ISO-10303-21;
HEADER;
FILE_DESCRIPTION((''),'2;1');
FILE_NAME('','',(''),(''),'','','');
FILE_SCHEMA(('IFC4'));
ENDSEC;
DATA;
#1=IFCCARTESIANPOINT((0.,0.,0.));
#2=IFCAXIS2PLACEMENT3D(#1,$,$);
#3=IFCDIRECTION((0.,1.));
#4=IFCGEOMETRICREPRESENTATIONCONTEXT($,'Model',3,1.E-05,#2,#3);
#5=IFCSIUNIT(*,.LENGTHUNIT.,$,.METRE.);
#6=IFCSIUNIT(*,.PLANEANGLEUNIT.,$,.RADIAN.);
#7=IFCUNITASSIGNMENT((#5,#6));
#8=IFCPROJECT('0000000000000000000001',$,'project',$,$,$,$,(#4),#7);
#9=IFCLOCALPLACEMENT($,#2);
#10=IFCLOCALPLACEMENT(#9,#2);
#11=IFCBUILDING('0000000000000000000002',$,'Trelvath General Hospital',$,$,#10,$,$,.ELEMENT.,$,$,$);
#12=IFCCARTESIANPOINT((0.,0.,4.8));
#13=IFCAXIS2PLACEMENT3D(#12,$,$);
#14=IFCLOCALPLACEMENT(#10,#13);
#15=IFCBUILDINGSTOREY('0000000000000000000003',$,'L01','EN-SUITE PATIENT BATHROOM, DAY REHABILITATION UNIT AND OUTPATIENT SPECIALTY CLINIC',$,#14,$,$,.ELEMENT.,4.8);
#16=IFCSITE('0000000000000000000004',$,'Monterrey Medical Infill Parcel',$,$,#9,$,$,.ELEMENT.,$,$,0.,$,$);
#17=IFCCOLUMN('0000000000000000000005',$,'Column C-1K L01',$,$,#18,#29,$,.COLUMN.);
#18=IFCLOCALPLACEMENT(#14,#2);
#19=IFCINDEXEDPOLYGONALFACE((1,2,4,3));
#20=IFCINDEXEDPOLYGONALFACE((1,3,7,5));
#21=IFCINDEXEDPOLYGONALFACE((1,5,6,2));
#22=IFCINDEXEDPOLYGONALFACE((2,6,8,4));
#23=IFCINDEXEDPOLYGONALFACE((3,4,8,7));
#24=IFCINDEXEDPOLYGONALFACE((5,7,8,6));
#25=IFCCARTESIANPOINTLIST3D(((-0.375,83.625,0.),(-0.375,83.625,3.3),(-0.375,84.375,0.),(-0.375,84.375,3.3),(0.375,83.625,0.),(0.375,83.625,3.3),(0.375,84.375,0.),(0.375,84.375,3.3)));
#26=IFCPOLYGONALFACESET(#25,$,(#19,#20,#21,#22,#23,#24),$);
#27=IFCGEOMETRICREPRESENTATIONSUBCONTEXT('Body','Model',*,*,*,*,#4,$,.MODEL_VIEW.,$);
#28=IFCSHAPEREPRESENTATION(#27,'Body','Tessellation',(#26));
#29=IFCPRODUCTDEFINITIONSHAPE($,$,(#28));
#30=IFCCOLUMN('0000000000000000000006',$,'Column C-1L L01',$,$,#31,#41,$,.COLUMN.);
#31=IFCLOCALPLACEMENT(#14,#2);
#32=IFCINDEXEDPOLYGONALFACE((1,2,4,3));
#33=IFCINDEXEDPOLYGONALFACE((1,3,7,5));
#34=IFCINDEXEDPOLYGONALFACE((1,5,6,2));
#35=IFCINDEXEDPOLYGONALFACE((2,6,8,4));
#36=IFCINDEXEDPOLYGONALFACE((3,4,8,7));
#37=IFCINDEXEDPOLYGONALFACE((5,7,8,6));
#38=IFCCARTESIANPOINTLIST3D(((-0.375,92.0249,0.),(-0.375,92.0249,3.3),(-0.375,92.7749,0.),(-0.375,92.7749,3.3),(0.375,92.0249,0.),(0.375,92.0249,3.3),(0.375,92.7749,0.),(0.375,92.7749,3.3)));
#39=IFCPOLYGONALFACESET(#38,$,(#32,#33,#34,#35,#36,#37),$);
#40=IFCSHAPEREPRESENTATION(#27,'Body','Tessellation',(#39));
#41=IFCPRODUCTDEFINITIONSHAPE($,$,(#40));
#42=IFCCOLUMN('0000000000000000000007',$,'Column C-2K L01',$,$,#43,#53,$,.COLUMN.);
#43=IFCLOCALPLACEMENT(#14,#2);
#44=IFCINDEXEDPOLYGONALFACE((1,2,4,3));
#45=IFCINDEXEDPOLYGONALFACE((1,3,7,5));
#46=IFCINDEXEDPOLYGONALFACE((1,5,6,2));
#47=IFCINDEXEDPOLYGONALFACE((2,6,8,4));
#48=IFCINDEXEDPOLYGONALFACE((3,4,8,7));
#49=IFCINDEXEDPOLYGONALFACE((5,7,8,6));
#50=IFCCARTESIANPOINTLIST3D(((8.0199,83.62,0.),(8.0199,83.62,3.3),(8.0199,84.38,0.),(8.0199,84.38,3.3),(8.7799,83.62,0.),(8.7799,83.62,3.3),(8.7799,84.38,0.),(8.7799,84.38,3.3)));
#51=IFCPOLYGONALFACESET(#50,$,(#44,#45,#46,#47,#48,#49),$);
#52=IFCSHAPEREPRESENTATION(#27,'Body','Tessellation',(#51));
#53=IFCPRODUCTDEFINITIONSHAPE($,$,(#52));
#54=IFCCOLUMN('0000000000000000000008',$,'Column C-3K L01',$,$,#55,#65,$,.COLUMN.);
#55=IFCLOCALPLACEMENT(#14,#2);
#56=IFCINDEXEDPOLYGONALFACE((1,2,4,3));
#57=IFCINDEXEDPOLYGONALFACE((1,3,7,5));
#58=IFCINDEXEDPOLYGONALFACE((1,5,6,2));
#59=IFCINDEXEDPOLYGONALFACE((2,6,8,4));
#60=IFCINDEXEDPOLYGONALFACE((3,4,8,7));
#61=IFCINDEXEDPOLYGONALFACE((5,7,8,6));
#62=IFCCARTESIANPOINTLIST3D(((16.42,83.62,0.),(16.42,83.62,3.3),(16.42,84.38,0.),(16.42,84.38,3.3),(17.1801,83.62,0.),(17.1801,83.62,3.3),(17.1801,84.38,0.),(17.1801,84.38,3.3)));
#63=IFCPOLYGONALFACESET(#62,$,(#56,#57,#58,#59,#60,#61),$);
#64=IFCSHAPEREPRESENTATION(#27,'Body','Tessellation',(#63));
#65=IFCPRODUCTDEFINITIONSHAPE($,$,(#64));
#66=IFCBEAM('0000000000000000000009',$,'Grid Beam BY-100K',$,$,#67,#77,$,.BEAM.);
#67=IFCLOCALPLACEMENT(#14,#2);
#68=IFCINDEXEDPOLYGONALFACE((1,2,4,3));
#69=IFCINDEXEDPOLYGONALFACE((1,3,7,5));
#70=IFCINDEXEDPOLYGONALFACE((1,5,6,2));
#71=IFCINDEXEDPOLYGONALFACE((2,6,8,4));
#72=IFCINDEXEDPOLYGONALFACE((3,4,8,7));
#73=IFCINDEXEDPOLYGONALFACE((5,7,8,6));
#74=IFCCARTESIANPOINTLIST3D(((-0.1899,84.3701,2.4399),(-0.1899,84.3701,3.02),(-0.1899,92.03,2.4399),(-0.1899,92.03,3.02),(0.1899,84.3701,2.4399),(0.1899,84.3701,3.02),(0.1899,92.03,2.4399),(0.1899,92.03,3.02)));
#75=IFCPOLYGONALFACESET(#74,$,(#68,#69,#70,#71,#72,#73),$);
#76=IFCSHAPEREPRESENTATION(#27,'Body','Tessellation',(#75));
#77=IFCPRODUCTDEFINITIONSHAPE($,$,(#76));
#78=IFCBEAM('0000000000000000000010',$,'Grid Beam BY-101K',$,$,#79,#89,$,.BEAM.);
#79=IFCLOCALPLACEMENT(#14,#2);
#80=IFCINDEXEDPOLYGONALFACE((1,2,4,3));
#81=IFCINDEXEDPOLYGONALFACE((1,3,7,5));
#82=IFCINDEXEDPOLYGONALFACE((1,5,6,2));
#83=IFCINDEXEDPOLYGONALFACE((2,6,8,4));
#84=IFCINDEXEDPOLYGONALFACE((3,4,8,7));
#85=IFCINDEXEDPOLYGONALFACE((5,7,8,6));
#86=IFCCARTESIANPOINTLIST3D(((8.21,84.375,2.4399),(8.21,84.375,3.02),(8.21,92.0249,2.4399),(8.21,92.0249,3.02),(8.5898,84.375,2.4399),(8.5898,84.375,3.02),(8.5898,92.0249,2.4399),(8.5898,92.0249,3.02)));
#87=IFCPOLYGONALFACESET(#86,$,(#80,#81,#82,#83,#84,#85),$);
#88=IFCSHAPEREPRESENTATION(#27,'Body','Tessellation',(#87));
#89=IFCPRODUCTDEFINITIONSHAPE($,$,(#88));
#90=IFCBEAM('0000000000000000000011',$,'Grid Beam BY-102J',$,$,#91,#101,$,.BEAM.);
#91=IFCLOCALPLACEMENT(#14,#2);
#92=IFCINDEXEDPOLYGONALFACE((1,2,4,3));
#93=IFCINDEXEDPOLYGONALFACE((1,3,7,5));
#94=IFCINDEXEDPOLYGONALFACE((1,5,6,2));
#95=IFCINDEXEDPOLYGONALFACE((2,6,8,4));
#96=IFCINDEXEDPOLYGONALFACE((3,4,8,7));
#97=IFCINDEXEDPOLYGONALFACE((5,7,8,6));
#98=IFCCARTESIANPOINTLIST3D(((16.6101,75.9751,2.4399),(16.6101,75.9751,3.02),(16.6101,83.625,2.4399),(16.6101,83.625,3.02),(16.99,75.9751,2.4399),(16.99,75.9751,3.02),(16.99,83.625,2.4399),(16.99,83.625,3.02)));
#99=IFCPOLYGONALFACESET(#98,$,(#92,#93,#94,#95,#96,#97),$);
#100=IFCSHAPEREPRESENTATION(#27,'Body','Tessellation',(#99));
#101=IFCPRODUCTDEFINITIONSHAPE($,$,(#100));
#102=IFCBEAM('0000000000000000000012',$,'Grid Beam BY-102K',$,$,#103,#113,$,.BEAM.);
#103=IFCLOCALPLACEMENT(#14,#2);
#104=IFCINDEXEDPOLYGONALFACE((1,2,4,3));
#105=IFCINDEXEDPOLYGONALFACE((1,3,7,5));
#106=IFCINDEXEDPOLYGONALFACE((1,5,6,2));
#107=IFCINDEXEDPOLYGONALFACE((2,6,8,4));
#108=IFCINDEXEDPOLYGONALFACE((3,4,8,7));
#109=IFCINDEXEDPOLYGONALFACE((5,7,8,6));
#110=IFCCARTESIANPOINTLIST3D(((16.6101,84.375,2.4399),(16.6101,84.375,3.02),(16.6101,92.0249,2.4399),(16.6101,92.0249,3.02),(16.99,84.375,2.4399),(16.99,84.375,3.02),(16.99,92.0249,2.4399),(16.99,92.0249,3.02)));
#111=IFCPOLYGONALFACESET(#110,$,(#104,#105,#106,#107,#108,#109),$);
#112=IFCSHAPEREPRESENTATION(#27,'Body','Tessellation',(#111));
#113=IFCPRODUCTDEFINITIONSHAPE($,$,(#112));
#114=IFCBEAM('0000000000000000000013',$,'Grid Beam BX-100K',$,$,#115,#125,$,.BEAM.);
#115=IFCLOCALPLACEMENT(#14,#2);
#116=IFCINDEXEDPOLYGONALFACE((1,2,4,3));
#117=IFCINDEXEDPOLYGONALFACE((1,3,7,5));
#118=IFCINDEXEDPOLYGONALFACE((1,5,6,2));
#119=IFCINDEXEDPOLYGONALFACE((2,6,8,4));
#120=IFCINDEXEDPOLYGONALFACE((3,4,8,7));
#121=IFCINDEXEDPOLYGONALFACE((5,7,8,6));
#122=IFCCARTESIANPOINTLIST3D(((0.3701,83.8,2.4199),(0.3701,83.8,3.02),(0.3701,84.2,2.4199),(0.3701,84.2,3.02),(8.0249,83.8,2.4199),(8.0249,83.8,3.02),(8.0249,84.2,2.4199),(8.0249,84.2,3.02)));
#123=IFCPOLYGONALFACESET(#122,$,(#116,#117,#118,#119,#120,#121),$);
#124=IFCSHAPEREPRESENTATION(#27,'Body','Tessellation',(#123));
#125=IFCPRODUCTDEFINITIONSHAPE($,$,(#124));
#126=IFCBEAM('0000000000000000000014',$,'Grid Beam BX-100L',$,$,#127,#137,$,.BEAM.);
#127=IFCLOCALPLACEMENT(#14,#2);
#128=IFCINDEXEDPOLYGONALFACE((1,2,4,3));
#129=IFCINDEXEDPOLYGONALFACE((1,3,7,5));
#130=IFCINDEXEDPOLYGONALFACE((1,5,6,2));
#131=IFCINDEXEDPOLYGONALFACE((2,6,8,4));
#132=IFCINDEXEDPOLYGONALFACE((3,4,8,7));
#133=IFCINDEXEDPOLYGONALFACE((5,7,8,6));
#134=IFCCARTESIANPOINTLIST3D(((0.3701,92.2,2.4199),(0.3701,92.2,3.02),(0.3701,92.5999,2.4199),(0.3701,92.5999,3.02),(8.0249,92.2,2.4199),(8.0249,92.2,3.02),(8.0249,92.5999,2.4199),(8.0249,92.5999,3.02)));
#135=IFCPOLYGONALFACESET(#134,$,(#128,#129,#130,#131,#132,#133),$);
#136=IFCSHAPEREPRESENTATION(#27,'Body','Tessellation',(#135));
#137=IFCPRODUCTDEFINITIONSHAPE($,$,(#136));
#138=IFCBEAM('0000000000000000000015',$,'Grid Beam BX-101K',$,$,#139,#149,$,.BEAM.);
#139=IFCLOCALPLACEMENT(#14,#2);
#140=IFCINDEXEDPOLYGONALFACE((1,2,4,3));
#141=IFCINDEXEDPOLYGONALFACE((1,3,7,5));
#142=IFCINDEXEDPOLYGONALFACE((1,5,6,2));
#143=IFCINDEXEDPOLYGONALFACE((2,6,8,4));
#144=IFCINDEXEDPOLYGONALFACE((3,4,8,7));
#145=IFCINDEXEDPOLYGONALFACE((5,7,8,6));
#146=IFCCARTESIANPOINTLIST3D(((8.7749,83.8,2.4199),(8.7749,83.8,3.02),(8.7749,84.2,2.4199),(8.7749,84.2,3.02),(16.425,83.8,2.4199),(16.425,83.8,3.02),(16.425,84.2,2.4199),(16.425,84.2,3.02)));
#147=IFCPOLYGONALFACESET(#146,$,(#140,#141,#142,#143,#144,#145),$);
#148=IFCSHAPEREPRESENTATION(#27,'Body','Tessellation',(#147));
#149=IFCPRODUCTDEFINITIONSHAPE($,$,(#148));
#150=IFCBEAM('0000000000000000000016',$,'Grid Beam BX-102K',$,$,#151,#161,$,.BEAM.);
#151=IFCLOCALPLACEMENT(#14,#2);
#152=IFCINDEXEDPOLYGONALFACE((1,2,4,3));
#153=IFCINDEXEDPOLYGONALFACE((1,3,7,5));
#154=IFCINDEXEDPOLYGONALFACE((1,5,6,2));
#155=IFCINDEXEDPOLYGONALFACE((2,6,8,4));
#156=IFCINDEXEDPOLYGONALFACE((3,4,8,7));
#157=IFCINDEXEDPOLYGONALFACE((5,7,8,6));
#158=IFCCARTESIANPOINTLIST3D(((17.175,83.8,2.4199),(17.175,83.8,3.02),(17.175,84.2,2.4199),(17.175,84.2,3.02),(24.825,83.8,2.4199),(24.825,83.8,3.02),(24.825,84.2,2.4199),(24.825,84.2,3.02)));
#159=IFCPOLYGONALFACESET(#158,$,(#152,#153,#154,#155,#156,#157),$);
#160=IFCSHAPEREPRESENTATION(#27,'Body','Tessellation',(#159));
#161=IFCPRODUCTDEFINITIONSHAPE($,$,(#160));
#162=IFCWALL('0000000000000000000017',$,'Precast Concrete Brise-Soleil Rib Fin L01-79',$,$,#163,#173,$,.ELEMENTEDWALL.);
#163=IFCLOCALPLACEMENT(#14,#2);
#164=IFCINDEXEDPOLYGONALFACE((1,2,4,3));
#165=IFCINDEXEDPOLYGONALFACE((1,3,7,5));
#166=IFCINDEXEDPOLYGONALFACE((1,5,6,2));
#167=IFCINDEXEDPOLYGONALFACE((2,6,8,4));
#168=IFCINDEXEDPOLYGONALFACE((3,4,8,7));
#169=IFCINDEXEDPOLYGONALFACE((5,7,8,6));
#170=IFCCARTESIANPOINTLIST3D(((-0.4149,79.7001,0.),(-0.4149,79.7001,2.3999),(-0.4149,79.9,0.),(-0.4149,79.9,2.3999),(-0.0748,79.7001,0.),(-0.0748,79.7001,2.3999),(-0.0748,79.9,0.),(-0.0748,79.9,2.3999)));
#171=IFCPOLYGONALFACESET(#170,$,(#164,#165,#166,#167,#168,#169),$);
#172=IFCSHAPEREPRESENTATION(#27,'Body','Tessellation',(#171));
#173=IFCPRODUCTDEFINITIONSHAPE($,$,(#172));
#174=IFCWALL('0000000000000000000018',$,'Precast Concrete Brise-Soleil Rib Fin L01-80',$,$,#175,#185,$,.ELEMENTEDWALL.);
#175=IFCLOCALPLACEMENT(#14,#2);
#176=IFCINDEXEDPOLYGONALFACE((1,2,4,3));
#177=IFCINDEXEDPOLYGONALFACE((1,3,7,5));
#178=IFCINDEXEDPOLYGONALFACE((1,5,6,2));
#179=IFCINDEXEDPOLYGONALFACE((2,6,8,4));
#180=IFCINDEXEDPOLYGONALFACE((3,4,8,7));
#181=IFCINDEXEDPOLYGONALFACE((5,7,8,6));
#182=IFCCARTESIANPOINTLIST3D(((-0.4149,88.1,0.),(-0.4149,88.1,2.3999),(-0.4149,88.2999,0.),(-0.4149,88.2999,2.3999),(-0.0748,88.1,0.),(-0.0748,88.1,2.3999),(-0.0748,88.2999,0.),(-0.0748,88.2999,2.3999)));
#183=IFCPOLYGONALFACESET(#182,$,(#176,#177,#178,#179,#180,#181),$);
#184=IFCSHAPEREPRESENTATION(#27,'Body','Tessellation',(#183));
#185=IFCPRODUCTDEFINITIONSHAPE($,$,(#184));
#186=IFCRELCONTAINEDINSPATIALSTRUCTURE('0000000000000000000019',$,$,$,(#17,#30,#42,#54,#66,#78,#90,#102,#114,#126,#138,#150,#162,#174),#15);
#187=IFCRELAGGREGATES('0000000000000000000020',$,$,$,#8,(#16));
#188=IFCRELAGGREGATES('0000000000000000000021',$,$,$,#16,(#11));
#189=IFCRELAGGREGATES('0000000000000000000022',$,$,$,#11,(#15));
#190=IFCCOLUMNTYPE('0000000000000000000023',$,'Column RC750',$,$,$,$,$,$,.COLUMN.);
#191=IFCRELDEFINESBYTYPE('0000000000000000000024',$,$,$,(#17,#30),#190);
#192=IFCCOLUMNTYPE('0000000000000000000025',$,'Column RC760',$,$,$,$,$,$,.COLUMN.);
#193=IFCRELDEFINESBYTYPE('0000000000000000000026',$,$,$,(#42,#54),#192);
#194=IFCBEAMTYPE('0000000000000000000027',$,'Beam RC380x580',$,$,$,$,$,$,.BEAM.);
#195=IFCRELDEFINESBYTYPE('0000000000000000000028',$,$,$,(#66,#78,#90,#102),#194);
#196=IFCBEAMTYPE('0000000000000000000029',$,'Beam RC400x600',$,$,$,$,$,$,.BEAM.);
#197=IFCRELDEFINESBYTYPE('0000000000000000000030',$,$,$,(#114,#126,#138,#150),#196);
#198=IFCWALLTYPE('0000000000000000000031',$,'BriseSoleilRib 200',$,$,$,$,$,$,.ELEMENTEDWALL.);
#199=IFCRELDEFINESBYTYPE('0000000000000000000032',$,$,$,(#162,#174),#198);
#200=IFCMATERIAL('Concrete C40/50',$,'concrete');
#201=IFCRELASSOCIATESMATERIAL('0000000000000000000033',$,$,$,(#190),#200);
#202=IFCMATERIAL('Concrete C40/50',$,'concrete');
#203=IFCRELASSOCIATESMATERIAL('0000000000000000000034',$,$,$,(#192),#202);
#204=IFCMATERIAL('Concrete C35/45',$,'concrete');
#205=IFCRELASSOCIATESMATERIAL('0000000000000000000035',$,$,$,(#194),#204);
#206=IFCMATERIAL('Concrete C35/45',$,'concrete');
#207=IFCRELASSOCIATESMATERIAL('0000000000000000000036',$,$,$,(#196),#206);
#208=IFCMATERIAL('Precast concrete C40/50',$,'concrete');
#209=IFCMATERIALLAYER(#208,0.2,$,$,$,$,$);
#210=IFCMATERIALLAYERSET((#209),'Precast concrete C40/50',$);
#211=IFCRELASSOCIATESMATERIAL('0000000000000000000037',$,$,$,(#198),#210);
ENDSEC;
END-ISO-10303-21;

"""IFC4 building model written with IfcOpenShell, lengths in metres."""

from ifc_helpers import new_model, si_unit, direction, frame, frame_2d, origin, origin_2d, place, context, subcontext, project, spatial, rectangle, extrude, material, layer, layer_set, material_profile, profile_set, type_object, element, save


model = new_model("IFC4")

# Units and contexts
model_context = context("Model", 3, precision=1e-05, world=origin(), true_north=direction((0.0, 1.0)))
body_context = subcontext(model_context, "Body", "Model", "MODEL_VIEW")
ifc_project = project(units=[si_unit("LENGTHUNIT", "METRE"), si_unit("PLANEANGLEUNIT", "RADIAN")], contexts=[model_context])

# Site, building, storey
site_placement = place(None, origin())
site = spatial("IfcSite", under=ifc_project, at=site_placement, Name="Monterrey Medical Infill Parcel", CompositionType="ELEMENT", RefElevation=0.0)
building_placement = place(site_placement, origin())
building = spatial("IfcBuilding", under=site, at=building_placement, Name="Trelvath General Hospital", CompositionType="ELEMENT")
storey_placement = place(building_placement, frame((0.0, 0.0, 4.8)))
storey = spatial("IfcBuildingStorey", under=building, at=storey_placement, Name="L01", Description="EN-SUITE PATIENT BATHROOM, DAY REHABILITATION UNIT AND OUTPATIENT SPECIALTY CLINIC", CompositionType="ELEMENT", Elevation=4.8)

# Columns
ifc_material_1 = material(Name="Concrete C40/50", Category="concrete")
ifc_material_profile_1 = material_profile(ifc_material_1, rectangle(XDim=0.75, YDim=0.75, at=origin_2d()), Name="RC750x750")
ifc_profile_set_1 = profile_set([ifc_material_profile_1], Name="Concrete C40/50")
column_type_1 = type_object("IfcColumnType", Name="Column RC750", PredefinedType="COLUMN", material=ifc_profile_set_1)
for number, where, z_axis, x_axis, name in (
    (1, (0.0, 84.0, 0.0), (0.0, 0.0, 1.0), (1.0, 0.0, 0.0), "Column C-1K L01"),
    (2, (0.0, 92.3999, 0.0), (0.0, 0.0, 1.0), (1.0, 0.0, 0.0), "Column C-1L L01"),
):
    element("IfcColumn", number, at=place(storey_placement, frame(where, z_axis=z_axis, x_axis=x_axis)), inside=storey, type_object=column_type_1, Name=name, PredefinedType="COLUMN", context=body_context, shape_type="SweptSolid", body=[
        extrude(rectangle(XDim=0.75, YDim=0.75, at=origin_2d()), origin(), (0.0, 0.0, 1.0), 3.3),
    ])
ifc_material_2 = material(Name="Concrete C40/50", Category="concrete")
ifc_material_profile_2 = material_profile(ifc_material_2, rectangle(XDim=0.76, YDim=0.76, at=origin_2d()), Name="RC760x760")
ifc_profile_set_2 = profile_set([ifc_material_profile_2], Name="Concrete C40/50")
column_type_2 = type_object("IfcColumnType", Name="Column RC760", PredefinedType="COLUMN", material=ifc_profile_set_2)
for number, where, z_axis, x_axis, name in (
    (3, (8.3999, 84.0, 0.0), (0.0, 0.0, 1.0), (1.0, 0.0, 0.0), "Column C-2K L01"),
    (4, (16.8, 84.0, 0.0), (0.0, 0.0, 1.0), (1.0, 0.0, 0.0), "Column C-3K L01"),
):
    element("IfcColumn", number, at=place(storey_placement, frame(where, z_axis=z_axis, x_axis=x_axis)), inside=storey, type_object=column_type_2, Name=name, PredefinedType="COLUMN", context=body_context, shape_type="SweptSolid", body=[
        extrude(rectangle(XDim=0.76, YDim=0.76, at=origin_2d()), origin(), (0.0, 0.0, 1.0), 3.3),
    ])

# Beams
ifc_material_3 = material(Name="Concrete C35/45", Category="concrete")
ifc_material_profile_3 = material_profile(ifc_material_3, rectangle(XDim=0.3799, YDim=0.5801, at=origin_2d()), Name="RCB380x580")
ifc_profile_set_3 = profile_set([ifc_material_profile_3], Name="Concrete C35/45")
beam_type_1 = type_object("IfcBeamType", Name="Beam RC380x580", PredefinedType="BEAM", material=ifc_profile_set_3)
beam_1_placement = place(storey_placement, frame((0.0, 84.3701, 2.73), z_axis=(0.0, 1.0, 0.0), x_axis=(-1.0, 0.0, 0.0)))
element("IfcBeam", 5, at=beam_1_placement, inside=storey, type_object=beam_type_1, Name="Grid Beam BY-100K", PredefinedType="BEAM", context=body_context, shape_type="SweptSolid", body=[
    extrude(rectangle(XDim=0.3799, YDim=0.5801, at=origin_2d()), origin(), (0.0, 0.0, 1.0), 7.6599),
])
for number, where, z_axis, x_axis, name in (
    (6, (8.3999, 84.375, 2.73), (0.0, 1.0, 0.0), (-1.0, 0.0, 0.0), "Grid Beam BY-101K"),
    (7, (16.8, 75.9751, 2.73), (0.0, 1.0, 0.0), (-1.0, 0.0, 0.0), "Grid Beam BY-102J"),
    (8, (16.8, 84.375, 2.73), (0.0, 1.0, 0.0), (-1.0, 0.0, 0.0), "Grid Beam BY-102K"),
):
    element("IfcBeam", number, at=place(storey_placement, frame(where, z_axis=z_axis, x_axis=x_axis)), inside=storey, type_object=beam_type_1, Name=name, PredefinedType="BEAM", context=body_context, shape_type="SweptSolid", body=[
        extrude(rectangle(XDim=0.3799, YDim=0.5801, at=origin_2d()), origin(), (0.0, 0.0, 1.0), 7.6499),
    ])
ifc_material_4 = material(Name="Concrete C35/45", Category="concrete")
ifc_material_profile_4 = material_profile(ifc_material_4, rectangle(XDim=0.3999, YDim=0.6001, at=origin_2d()), Name="RCB400x600")
ifc_profile_set_4 = profile_set([ifc_material_profile_4], Name="Concrete C35/45")
beam_type_2 = type_object("IfcBeamType", Name="Beam RC400x600", PredefinedType="BEAM", material=ifc_profile_set_4)
for number, where, z_axis, x_axis, name in (
    (9, (0.3701, 84.0, 2.72), (1.0, 0.0, 0.0), (0.0, 1.0, 0.0), "Grid Beam BX-100K"),
    (10, (0.3701, 92.3999, 2.72), (1.0, 0.0, 0.0), (0.0, 1.0, 0.0), "Grid Beam BX-100L"),
):
    element("IfcBeam", number, at=place(storey_placement, frame(where, z_axis=z_axis, x_axis=x_axis)), inside=storey, type_object=beam_type_2, Name=name, PredefinedType="BEAM", context=body_context, shape_type="SweptSolid", body=[
        extrude(rectangle(XDim=0.3999, YDim=0.6001, at=origin_2d()), origin(), (0.0, 0.0, 1.0), 7.6548),
    ])
beam_2_placement = place(storey_placement, frame((8.7749, 84.0, 2.72), z_axis=(1.0, 0.0, 0.0), x_axis=(0.0, 1.0, 0.0)))
element("IfcBeam", 11, at=beam_2_placement, inside=storey, type_object=beam_type_2, Name="Grid Beam BX-101K", PredefinedType="BEAM", context=body_context, shape_type="SweptSolid", body=[
    extrude(rectangle(XDim=0.3999, YDim=0.6001, at=origin_2d()), origin(), (0.0, 0.0, 1.0), 7.6501),
])
beam_3_placement = place(storey_placement, frame((17.175, 84.0, 2.72), z_axis=(1.0, 0.0, 0.0), x_axis=(0.0, 1.0, 0.0)))
element("IfcBeam", 12, at=beam_3_placement, inside=storey, type_object=beam_type_2, Name="Grid Beam BX-102K", PredefinedType="BEAM", context=body_context, shape_type="SweptSolid", body=[
    extrude(rectangle(XDim=0.3999, YDim=0.6001, at=origin_2d()), origin(), (0.0, 0.0, 1.0), 7.6499),
])

# Walls
ifc_material_5 = material(Name="Precast concrete C40/50", Category="concrete")
ifc_layer_1 = layer(ifc_material_5, 0.2)
ifc_layer_set_1 = layer_set([ifc_layer_1], Name="Precast concrete C40/50")
wall_type_1 = type_object("IfcWallType", Name="BriseSoleilRib 200", PredefinedType="ELEMENTEDWALL", material=ifc_layer_set_1)
for number, where, z_axis, x_axis, name in (
    (13, (-0.075, 79.8, 0.0), (0.0, 0.0, 1.0), (-1.0, 0.0, 0.0), "Precast Concrete Brise-Soleil Rib Fin L01-79"),
    (14, (-0.075, 88.2, 0.0), (0.0, 0.0, 1.0), (-1.0, 0.0, 0.0), "Precast Concrete Brise-Soleil Rib Fin L01-80"),
):
    element("IfcWall", number, at=place(storey_placement, frame(where, z_axis=z_axis, x_axis=x_axis)), inside=storey, type_object=wall_type_1, Name=name, PredefinedType="ELEMENTEDWALL", context=body_context, shape_type="SweptSolid", body=[
        extrude(rectangle(XDim=0.3401, YDim=0.2, at=frame_2d((0.1699, 0.0))), origin(), (0.0, 0.0, 1.0), 2.3999),
    ])

save(model, "model.ifc")
